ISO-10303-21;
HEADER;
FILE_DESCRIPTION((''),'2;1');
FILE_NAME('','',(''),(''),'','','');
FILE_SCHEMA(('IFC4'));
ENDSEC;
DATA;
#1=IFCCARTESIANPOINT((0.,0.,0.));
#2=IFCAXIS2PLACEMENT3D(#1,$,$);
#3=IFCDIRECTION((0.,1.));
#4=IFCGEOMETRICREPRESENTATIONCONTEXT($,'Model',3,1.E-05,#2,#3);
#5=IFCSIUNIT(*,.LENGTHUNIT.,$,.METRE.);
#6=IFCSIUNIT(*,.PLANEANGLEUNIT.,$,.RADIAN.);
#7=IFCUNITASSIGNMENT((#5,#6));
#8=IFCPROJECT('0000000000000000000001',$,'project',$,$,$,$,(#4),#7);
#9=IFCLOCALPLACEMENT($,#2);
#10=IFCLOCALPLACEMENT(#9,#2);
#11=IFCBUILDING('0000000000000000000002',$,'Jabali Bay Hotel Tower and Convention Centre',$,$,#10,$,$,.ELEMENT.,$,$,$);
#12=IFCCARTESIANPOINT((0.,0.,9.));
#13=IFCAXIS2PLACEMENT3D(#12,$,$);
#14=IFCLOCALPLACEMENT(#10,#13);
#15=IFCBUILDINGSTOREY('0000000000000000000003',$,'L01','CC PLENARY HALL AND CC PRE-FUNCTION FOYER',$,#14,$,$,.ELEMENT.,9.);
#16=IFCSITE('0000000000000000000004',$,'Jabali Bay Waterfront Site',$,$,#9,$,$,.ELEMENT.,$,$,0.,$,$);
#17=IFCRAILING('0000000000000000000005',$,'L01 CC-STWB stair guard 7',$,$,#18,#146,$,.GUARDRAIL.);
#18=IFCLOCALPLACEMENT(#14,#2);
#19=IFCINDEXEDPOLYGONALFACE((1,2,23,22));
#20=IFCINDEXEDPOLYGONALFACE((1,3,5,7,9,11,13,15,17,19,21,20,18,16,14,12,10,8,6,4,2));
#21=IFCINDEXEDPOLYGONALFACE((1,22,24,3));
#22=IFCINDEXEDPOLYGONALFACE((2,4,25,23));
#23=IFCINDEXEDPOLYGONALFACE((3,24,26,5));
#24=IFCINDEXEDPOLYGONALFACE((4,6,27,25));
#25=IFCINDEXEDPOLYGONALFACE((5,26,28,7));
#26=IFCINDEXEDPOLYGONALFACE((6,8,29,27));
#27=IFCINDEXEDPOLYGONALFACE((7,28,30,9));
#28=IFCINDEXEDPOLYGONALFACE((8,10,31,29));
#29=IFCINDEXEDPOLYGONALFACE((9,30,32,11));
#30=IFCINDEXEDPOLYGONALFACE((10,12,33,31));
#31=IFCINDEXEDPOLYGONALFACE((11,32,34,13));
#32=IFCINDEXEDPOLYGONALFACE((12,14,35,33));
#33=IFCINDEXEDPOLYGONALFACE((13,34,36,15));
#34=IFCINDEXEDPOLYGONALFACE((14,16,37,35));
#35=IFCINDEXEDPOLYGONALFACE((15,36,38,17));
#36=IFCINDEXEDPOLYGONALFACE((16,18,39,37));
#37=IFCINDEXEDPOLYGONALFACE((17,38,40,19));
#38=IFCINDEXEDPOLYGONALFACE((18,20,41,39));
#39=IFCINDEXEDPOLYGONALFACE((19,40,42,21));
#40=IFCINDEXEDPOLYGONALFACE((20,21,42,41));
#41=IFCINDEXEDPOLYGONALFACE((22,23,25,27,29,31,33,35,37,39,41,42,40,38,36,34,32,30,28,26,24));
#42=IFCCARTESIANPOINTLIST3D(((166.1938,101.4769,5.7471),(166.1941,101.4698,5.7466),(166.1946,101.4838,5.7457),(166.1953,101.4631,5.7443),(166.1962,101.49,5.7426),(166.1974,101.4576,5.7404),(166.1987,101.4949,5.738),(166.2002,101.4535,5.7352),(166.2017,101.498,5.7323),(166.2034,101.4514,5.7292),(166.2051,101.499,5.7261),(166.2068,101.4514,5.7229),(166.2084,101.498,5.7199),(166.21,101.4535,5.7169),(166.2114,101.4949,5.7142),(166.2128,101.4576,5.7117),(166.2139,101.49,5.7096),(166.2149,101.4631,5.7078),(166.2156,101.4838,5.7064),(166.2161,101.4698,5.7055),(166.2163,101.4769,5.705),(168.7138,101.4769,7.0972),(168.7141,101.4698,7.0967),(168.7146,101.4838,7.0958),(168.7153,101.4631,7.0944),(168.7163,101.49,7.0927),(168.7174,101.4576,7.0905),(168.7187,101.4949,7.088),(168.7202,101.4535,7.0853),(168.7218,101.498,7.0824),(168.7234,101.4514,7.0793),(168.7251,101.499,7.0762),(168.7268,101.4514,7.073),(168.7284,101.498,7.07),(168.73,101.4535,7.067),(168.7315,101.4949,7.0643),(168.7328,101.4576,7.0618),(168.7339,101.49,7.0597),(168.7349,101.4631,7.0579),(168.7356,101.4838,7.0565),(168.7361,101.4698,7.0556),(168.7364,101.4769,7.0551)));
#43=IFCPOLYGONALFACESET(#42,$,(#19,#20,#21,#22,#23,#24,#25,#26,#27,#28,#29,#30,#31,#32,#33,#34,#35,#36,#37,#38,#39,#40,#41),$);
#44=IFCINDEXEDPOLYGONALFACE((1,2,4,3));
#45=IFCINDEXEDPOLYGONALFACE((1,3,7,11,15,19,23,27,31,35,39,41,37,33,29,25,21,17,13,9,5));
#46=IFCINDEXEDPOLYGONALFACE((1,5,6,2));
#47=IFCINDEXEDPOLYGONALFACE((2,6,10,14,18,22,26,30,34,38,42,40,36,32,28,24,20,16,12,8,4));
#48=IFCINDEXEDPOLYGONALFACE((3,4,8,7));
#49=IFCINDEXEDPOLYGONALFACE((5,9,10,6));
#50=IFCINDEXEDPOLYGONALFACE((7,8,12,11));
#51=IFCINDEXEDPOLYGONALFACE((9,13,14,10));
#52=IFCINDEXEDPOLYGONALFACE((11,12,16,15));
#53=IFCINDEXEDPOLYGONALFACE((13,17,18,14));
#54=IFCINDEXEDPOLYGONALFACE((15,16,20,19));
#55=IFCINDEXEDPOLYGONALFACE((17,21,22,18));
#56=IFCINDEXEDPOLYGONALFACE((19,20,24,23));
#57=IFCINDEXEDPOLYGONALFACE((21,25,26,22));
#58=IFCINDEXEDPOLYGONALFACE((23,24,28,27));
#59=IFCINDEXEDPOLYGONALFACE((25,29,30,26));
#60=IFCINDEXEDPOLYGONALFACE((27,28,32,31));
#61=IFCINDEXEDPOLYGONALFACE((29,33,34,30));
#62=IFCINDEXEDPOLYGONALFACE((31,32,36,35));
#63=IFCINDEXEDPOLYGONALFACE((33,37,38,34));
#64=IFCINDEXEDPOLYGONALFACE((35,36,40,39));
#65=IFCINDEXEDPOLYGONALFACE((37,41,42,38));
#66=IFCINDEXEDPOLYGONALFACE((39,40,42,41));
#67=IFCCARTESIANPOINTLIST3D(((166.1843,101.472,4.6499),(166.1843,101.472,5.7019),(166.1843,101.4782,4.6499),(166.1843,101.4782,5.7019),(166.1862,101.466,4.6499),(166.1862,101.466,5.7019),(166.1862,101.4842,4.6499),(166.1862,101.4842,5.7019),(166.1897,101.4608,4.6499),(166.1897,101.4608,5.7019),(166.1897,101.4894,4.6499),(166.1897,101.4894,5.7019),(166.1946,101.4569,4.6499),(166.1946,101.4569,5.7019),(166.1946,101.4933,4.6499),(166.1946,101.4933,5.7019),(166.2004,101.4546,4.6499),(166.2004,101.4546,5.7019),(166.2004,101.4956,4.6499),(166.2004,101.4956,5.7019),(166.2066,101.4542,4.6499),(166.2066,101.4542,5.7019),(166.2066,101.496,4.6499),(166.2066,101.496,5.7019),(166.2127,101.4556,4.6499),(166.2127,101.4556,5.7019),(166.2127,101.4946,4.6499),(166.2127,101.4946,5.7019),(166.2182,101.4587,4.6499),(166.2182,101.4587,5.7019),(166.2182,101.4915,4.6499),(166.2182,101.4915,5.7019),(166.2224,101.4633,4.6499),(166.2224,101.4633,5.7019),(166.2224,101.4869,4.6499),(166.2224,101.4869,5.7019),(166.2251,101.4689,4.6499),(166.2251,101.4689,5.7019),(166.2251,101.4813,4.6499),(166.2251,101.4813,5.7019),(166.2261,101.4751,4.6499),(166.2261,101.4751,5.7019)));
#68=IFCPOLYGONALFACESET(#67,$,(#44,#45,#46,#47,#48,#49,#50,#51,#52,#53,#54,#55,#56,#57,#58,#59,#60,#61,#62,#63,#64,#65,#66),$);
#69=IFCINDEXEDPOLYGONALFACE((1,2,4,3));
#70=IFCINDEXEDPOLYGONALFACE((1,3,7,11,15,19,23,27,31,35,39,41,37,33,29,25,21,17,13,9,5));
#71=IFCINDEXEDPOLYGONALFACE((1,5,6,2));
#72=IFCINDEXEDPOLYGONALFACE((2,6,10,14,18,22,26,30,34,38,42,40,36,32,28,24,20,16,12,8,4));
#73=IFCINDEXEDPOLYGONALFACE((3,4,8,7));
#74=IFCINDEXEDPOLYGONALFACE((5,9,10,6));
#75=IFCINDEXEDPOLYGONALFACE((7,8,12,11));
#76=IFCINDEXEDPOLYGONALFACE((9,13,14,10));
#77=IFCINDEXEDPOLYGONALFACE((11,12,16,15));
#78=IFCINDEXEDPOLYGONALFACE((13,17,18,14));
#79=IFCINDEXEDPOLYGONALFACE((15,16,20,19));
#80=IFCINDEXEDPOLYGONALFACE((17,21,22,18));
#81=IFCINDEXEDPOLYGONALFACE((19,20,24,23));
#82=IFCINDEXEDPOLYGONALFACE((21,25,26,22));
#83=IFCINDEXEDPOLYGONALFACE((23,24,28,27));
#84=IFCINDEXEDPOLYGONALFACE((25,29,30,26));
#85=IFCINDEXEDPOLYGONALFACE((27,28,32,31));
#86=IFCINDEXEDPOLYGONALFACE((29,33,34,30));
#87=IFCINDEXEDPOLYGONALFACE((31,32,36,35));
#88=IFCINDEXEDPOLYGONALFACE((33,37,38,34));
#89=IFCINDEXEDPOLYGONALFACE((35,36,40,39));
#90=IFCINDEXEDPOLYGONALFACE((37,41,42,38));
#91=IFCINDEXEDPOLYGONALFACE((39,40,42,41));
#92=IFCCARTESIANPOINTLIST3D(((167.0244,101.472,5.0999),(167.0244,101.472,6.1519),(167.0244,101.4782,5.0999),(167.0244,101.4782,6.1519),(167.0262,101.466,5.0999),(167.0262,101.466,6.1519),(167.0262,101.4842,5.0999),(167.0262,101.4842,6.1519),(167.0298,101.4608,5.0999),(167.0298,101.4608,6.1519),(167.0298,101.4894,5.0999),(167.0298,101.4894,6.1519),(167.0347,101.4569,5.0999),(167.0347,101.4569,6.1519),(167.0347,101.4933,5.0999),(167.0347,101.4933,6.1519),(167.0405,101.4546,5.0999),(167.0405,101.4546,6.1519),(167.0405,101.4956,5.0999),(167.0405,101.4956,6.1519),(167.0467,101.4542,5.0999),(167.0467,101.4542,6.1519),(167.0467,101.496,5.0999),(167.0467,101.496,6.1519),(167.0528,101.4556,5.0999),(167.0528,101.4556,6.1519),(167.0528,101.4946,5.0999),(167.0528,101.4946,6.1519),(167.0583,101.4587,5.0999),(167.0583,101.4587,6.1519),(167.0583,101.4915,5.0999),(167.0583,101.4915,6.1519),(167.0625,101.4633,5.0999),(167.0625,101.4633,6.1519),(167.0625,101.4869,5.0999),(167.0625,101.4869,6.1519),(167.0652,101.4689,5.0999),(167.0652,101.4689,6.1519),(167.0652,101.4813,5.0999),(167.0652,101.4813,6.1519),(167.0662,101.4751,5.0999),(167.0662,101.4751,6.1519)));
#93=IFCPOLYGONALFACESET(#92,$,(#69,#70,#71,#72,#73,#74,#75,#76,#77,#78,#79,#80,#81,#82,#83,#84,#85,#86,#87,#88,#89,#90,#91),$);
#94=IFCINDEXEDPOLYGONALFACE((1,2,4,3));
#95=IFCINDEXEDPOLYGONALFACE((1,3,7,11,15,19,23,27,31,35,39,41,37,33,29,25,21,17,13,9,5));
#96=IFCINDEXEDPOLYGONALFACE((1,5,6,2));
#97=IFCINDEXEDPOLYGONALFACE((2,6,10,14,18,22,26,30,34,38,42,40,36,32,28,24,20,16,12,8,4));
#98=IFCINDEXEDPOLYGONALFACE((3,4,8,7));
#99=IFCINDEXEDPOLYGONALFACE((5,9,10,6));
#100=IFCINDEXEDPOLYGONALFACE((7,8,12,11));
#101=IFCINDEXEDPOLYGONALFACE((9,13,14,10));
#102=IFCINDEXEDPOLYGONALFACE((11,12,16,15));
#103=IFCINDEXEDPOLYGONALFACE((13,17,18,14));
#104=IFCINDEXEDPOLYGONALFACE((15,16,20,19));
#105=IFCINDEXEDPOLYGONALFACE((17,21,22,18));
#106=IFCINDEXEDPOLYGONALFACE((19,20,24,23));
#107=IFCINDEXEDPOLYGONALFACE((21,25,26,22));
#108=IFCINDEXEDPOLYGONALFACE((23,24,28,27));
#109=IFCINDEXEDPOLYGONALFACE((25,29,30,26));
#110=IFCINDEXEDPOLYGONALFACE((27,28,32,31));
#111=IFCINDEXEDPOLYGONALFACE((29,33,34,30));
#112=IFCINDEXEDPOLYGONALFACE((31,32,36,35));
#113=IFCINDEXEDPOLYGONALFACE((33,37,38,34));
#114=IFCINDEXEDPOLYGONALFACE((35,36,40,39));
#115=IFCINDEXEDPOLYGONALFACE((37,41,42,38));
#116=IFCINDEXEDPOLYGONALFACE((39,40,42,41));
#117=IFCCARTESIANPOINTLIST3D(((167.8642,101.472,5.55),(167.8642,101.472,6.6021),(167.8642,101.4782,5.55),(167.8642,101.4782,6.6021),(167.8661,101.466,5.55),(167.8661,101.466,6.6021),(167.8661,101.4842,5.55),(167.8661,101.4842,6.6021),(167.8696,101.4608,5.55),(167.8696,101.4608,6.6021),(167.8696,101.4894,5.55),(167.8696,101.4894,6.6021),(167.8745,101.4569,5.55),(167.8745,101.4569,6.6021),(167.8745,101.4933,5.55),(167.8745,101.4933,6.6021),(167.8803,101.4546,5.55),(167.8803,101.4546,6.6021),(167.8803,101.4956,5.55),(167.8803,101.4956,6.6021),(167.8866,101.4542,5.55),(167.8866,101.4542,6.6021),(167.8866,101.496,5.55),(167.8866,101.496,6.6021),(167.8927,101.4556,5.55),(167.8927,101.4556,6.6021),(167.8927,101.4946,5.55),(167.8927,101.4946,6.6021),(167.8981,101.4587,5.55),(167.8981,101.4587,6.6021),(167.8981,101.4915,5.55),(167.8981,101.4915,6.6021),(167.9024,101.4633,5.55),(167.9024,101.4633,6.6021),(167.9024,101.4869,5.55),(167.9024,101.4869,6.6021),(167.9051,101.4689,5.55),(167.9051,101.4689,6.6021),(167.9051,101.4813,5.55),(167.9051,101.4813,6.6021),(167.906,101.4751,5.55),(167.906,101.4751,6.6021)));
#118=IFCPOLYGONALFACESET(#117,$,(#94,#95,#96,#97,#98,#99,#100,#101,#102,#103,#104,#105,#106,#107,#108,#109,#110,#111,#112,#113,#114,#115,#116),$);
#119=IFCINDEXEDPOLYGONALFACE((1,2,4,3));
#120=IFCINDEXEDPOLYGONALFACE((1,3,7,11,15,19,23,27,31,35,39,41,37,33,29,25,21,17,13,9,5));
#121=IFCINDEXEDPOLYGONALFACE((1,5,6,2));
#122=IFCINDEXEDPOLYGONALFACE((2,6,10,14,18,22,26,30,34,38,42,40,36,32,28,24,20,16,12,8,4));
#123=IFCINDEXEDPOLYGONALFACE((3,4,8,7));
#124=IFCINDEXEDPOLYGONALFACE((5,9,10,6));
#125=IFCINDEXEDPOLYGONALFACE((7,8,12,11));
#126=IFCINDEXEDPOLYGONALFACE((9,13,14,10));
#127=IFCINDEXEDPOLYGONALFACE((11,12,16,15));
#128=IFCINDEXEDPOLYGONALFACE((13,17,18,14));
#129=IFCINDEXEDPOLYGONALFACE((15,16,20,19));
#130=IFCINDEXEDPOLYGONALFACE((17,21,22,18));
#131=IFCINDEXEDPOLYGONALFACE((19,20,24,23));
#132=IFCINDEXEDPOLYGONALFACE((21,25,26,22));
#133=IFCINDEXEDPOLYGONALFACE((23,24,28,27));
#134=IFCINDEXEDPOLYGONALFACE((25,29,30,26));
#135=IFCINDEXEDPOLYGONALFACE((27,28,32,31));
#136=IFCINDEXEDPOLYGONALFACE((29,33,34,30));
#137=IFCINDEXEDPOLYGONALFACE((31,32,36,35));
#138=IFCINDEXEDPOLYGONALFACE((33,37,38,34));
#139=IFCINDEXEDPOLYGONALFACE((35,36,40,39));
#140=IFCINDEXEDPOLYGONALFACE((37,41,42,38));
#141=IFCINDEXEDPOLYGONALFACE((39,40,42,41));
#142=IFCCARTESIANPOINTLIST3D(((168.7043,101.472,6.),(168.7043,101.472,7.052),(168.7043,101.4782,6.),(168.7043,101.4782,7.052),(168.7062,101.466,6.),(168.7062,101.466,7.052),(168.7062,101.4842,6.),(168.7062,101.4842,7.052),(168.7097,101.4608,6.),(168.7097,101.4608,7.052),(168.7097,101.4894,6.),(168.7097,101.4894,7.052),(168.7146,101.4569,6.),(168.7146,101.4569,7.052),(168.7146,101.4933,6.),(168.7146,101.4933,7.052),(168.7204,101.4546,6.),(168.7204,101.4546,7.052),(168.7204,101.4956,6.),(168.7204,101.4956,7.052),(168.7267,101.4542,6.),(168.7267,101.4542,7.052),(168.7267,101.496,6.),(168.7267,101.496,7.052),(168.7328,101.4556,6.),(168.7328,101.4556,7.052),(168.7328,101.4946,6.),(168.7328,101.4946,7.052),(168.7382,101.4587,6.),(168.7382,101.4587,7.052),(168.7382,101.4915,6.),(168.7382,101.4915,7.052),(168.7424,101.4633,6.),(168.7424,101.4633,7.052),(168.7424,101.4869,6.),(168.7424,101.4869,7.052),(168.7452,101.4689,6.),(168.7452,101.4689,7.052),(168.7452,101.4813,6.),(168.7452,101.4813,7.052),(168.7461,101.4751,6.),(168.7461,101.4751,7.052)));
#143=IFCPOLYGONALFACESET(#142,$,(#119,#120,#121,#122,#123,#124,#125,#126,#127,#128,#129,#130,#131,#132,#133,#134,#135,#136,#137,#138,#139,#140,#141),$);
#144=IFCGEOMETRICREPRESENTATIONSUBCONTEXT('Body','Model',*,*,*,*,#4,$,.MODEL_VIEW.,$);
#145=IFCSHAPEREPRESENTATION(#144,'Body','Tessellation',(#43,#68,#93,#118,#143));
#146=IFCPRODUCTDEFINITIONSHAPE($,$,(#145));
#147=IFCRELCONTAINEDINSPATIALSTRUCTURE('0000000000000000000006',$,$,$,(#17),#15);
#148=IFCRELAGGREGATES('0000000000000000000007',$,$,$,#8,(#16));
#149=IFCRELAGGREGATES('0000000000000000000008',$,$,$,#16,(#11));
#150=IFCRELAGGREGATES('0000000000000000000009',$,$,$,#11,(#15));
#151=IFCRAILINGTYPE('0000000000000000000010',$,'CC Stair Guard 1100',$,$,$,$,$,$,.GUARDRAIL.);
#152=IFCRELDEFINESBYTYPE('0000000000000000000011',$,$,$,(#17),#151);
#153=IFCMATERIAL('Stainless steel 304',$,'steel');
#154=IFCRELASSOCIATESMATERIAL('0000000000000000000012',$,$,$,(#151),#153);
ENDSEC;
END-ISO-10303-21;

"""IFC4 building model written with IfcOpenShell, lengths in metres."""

from ifc_helpers import new_model, si_unit, direction, frame, origin, origin_2d, place, context, subcontext, project, spatial, circle, extrude, material, type_object, element, save


model = new_model("IFC4")

# Units and contexts
model_context = context("Model", 3, precision=1e-05, world=origin(), true_north=direction((0.0, 1.0)))
body_context = subcontext(model_context, "Body", "Model", "MODEL_VIEW")
ifc_project = project(units=[si_unit("LENGTHUNIT", "METRE"), si_unit("PLANEANGLEUNIT", "RADIAN")], contexts=[model_context])

# Site, building, storey
site_placement = place(None, origin())
site = spatial("IfcSite", under=ifc_project, at=site_placement, Name="Jabali Bay Waterfront Site", CompositionType="ELEMENT", RefElevation=0.0)
building_placement = place(site_placement, origin())
building = spatial("IfcBuilding", under=site, at=building_placement, Name="Jabali Bay Hotel Tower and Convention Centre", CompositionType="ELEMENT")
storey_placement = place(building_placement, frame((0.0, 0.0, 9.0)))
storey = spatial("IfcBuildingStorey", under=building, at=storey_placement, Name="L01", Description="CC PLENARY HALL AND CC PRE-FUNCTION FOYER", CompositionType="ELEMENT", Elevation=9.0)

# Railing
ifc_material_1 = material(Name="Stainless steel 304", Category="steel")
railing_type_1 = type_object("IfcRailingType", Name="CC Stair Guard 1100", PredefinedType="GUARDRAIL", material=ifc_material_1)
railing_1_placement = place(storey_placement, frame((166.2051, 101.4751, 4.6499)))
element("IfcRailing", 1, at=railing_1_placement, inside=storey, type_object=railing_type_1, Name="L01 CC-STWB stair guard 7", PredefinedType="GUARDRAIL", context=body_context, shape_type="SweptSolid", body=[
    extrude(circle(Radius=0.0239, at=origin_2d()), frame((0.0, 0.0, 1.0762), z_axis=(0.881467, 0.0, 0.472245), x_axis=(0.0, 1.0, 0.0)), (0.0, 0.0, 1.0), 2.8589),
    extrude(circle(Radius=0.021, at=origin_2d()), origin(), (0.0, 0.0, 1.0), 1.052),
    extrude(circle(Radius=0.021, at=origin_2d()), frame((0.8401, 0.0, 0.45)), (0.0, 0.0, 1.0), 1.052),
    extrude(circle(Radius=0.021, at=origin_2d()), frame((1.6799, 0.0, 0.9001)), (0.0, 0.0, 1.0), 1.052),
    extrude(circle(Radius=0.021, at=origin_2d()), frame((2.52, 0.0, 1.3501)), (0.0, 0.0, 1.0), 1.052),
])

save(model, "model.ifc")
